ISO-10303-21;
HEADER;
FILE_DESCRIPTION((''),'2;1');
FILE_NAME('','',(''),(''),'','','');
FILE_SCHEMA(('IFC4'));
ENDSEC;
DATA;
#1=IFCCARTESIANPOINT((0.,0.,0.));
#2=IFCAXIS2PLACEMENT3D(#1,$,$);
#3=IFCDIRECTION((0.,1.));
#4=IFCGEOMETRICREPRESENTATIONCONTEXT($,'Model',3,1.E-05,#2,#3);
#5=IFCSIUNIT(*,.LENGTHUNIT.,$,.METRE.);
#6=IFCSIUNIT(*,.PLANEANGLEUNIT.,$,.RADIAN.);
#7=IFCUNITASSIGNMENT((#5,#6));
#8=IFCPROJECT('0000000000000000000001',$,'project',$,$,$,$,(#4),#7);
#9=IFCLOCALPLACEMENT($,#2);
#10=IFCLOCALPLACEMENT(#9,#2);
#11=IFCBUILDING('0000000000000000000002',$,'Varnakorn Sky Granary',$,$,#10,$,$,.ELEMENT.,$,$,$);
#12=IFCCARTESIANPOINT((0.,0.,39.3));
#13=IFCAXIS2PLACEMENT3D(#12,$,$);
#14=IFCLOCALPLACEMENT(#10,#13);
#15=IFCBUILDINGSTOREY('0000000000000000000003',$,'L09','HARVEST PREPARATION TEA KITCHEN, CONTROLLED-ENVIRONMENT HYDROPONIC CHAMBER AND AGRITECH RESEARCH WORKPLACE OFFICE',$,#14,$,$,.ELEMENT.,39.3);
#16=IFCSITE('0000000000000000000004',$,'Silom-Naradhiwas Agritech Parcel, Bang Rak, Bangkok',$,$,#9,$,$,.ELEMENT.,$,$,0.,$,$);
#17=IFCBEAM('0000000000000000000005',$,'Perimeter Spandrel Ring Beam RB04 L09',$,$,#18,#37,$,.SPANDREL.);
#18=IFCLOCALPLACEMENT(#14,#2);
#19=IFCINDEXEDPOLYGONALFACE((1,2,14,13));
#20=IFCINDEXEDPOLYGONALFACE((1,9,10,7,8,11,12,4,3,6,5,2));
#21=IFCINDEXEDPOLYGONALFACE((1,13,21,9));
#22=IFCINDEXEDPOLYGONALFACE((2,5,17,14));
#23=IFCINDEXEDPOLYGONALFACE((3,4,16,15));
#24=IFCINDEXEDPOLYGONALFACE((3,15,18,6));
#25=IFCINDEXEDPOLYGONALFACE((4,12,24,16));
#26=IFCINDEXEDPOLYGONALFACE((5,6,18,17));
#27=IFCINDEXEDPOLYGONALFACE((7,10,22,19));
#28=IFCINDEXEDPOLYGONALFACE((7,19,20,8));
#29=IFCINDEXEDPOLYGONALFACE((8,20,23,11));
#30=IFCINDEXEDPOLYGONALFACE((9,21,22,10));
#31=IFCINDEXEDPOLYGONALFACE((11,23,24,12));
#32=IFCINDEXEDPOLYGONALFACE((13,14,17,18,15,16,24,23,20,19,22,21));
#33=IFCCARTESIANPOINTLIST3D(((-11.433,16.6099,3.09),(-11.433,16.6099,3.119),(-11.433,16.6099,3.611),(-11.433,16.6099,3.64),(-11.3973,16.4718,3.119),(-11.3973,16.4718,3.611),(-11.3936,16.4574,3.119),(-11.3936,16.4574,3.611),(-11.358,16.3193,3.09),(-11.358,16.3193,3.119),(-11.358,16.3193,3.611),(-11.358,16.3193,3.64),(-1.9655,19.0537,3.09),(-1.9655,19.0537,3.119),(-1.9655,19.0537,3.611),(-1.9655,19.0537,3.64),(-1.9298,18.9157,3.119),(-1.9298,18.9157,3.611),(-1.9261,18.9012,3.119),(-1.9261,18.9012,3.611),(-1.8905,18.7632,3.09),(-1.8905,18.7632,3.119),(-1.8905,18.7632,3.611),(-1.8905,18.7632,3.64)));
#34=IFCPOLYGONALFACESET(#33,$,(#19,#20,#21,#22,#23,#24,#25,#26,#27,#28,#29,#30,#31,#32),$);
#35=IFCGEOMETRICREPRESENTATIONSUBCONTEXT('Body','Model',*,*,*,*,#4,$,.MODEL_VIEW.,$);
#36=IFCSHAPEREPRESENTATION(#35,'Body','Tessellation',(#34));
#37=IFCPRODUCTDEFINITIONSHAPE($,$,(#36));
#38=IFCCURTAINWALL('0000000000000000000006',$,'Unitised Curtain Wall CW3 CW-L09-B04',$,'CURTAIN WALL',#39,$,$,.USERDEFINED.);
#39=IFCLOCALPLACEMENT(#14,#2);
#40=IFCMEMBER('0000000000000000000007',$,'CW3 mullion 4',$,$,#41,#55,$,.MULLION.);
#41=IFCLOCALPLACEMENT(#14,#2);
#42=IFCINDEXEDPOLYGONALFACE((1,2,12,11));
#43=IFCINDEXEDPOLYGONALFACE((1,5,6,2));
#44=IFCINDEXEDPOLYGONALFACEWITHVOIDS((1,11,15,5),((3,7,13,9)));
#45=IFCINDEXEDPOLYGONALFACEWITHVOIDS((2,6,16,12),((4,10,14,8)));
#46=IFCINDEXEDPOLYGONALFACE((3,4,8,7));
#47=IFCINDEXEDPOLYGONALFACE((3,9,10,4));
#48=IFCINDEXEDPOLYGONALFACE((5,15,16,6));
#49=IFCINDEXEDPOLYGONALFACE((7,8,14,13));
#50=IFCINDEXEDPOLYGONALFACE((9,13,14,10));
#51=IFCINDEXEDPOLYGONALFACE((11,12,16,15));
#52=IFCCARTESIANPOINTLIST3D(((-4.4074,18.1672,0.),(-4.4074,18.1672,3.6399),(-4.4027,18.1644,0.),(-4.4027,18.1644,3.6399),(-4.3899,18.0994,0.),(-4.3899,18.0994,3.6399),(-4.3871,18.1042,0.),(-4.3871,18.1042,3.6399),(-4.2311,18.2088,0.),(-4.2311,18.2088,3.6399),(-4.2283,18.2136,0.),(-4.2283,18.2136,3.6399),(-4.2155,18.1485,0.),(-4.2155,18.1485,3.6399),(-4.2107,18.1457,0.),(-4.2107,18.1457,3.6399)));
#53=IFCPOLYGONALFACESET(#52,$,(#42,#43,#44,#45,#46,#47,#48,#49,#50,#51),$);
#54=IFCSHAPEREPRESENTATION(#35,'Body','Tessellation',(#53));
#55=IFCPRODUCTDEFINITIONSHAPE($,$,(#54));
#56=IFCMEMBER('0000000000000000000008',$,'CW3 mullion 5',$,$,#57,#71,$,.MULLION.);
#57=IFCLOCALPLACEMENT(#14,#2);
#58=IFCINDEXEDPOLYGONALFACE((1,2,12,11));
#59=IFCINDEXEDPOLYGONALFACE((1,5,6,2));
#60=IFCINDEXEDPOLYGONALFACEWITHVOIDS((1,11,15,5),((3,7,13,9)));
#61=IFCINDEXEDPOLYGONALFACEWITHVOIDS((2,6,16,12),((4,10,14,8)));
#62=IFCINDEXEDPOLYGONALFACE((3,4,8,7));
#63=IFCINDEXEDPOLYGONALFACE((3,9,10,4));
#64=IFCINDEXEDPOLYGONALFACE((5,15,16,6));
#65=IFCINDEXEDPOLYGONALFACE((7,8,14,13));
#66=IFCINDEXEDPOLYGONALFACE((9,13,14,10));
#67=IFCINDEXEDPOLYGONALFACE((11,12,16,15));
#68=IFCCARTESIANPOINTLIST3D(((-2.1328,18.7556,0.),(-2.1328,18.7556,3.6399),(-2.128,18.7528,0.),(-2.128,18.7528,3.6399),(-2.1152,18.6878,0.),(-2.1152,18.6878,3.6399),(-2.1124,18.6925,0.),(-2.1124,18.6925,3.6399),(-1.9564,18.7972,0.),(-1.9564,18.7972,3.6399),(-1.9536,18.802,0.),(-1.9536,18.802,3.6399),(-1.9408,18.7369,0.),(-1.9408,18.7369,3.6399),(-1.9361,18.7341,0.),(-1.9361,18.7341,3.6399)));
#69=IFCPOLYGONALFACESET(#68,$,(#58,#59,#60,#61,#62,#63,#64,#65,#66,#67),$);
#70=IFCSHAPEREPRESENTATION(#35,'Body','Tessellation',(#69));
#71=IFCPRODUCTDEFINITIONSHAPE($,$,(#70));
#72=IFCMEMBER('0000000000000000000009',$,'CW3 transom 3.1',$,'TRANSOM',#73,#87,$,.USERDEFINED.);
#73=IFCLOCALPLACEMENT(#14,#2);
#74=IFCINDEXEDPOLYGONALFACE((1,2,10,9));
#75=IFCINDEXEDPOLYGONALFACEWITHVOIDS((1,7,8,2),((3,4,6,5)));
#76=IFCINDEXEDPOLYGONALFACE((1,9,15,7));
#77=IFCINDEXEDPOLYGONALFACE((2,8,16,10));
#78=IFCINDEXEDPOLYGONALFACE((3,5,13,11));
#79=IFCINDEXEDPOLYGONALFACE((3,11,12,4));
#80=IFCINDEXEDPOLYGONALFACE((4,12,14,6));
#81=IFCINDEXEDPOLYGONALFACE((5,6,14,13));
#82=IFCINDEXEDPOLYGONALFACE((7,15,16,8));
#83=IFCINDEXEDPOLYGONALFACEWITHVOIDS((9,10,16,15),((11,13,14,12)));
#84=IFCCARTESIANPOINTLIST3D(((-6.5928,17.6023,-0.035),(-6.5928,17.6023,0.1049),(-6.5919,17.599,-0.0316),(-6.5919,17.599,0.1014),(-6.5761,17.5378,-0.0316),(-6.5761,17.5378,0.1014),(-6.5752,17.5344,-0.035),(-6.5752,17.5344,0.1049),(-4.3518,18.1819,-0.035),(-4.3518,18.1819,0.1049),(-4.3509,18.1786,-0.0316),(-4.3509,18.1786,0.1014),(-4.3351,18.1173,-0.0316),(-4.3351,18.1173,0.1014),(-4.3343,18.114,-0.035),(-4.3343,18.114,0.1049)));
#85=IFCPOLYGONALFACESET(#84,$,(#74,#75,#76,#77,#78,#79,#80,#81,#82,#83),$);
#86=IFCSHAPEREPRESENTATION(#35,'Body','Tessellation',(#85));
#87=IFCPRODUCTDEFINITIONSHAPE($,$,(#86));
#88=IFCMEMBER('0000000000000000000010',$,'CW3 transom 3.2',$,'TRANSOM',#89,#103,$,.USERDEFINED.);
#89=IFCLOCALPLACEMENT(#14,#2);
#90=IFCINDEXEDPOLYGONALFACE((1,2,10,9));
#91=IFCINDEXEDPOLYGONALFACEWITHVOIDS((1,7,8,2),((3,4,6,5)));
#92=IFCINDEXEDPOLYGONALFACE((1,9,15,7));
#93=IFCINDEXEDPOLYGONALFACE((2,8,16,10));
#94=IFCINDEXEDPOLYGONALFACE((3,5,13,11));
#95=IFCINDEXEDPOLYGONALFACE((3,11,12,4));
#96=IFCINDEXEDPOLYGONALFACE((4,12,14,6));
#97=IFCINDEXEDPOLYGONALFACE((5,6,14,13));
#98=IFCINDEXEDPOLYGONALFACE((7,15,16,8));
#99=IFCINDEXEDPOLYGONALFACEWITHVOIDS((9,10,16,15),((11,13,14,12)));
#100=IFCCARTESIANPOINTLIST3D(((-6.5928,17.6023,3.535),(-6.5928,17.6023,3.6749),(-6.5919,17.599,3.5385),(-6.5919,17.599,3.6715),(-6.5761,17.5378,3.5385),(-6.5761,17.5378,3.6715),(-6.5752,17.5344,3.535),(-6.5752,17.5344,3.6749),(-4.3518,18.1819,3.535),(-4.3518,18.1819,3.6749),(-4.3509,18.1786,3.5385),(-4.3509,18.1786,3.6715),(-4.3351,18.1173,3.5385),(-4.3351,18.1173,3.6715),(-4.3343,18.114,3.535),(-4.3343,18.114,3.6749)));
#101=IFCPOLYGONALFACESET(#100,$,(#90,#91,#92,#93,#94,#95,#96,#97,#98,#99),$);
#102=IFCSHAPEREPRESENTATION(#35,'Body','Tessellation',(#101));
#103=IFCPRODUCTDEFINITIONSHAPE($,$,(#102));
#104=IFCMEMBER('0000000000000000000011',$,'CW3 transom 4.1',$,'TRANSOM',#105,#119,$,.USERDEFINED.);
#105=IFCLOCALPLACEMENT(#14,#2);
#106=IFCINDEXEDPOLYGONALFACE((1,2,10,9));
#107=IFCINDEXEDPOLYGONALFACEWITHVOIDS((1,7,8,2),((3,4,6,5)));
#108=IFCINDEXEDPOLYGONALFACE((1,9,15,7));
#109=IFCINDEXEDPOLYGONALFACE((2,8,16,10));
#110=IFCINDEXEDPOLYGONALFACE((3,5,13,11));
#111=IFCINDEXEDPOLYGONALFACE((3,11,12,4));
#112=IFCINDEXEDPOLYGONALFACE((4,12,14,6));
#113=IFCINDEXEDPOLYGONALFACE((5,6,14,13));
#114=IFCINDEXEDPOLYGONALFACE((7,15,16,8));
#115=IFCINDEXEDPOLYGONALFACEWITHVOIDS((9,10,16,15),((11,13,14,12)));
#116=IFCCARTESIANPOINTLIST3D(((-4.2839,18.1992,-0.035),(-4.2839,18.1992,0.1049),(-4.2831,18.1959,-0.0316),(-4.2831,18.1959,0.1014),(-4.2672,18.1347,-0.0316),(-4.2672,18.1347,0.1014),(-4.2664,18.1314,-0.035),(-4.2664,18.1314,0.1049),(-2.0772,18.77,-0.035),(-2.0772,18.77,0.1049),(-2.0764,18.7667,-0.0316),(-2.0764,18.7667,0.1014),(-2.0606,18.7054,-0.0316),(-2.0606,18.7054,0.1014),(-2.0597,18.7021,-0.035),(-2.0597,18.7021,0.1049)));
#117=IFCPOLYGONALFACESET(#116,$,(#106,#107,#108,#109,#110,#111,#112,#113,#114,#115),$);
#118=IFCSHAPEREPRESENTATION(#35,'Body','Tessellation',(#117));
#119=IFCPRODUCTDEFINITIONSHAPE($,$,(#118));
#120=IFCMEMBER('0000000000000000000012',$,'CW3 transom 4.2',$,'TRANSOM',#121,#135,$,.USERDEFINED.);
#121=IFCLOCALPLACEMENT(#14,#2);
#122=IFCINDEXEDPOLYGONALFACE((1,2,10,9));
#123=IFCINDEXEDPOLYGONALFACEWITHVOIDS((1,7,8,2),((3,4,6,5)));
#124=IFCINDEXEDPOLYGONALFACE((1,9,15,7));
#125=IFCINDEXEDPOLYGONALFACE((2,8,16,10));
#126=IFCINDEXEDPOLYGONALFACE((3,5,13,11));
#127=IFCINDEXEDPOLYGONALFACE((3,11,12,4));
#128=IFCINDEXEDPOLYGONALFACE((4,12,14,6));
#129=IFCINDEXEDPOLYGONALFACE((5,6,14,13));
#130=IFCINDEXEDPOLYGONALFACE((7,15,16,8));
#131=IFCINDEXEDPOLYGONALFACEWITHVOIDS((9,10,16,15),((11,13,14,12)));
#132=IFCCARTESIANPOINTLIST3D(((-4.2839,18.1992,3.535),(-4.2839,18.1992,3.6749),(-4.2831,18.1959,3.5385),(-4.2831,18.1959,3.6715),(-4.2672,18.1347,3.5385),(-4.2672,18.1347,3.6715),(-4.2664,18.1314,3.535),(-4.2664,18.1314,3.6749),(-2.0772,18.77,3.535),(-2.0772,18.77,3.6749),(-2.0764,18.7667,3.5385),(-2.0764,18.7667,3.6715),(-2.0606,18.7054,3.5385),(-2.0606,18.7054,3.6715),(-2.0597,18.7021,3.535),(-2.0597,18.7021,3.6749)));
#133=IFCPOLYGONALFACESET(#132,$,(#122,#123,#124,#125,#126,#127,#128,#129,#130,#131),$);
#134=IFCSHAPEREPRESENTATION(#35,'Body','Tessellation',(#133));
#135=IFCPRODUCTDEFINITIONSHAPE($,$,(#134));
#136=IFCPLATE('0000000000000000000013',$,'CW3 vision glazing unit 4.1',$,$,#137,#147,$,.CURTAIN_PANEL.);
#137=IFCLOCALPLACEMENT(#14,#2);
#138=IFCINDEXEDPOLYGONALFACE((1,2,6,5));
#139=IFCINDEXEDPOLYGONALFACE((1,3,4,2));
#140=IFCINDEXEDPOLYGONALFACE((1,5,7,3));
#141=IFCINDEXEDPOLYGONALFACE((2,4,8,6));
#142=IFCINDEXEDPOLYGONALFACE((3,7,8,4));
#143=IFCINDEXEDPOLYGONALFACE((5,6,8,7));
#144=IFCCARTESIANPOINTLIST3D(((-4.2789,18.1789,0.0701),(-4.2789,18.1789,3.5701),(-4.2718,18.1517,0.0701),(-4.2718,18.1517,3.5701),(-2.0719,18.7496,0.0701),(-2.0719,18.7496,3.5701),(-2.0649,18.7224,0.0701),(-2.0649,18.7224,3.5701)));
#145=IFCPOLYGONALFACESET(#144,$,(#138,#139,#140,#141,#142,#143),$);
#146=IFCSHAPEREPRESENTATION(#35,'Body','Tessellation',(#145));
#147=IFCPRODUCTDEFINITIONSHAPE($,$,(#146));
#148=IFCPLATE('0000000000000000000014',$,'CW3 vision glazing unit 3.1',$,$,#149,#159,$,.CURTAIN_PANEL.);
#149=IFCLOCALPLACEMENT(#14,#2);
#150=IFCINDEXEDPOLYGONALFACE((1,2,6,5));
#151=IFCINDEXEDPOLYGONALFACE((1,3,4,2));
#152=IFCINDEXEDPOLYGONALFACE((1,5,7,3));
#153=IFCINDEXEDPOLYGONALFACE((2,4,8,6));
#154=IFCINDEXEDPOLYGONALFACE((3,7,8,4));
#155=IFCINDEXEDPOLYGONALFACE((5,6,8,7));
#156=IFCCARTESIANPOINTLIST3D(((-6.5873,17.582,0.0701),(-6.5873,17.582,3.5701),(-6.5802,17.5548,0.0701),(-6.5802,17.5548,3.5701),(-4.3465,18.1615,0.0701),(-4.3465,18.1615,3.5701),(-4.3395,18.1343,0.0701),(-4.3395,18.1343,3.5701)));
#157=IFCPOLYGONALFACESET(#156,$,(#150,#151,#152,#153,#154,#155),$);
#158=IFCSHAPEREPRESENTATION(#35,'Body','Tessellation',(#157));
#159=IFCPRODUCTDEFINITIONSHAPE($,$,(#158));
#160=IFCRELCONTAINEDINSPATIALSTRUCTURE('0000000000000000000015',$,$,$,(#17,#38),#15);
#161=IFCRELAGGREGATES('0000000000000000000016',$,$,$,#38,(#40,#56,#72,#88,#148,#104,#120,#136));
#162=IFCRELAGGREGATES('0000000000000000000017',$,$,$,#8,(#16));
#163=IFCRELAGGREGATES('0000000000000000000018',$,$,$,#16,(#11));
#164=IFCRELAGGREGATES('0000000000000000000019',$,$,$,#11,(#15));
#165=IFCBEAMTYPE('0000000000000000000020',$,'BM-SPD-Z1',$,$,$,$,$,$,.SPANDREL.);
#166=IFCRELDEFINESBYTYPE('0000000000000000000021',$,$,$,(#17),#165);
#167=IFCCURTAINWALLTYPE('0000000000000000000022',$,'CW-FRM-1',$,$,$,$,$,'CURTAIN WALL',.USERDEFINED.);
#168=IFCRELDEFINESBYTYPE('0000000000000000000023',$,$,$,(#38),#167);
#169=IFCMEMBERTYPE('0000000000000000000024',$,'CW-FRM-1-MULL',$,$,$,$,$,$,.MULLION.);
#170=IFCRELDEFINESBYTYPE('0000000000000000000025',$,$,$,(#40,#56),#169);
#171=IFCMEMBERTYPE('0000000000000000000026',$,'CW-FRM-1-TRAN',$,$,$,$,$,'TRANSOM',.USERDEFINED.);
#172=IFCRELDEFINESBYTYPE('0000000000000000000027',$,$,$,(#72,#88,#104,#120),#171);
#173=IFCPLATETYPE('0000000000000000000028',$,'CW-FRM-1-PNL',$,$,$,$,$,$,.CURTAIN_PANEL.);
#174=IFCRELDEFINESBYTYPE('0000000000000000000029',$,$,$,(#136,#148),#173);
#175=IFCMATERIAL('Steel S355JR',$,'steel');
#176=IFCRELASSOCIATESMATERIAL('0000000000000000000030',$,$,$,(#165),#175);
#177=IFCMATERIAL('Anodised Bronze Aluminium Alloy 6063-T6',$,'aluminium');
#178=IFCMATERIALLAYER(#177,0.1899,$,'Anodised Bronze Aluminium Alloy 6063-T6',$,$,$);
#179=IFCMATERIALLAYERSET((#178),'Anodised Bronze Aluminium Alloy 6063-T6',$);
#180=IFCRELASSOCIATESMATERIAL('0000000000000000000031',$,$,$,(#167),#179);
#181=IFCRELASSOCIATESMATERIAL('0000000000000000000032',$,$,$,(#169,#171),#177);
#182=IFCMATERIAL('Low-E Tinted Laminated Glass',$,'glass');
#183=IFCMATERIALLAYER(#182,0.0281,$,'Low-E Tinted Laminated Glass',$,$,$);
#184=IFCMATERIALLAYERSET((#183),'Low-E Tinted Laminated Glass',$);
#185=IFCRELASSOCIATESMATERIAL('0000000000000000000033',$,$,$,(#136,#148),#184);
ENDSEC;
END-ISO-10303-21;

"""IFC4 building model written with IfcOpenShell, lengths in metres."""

from ifc_helpers import new_model, si_unit, direction, frame, origin, origin_2d, place, context, subcontext, project, spatial, rectangle, hollow_rectangle, i_section, extrude, source, transform, mapped, material, layer, layer_set, material_profile, profile_set, type_object, type_shapes, element, aggregate, save


model = new_model("IFC4")

# Units and contexts
model_context = context("Model", 3, precision=1e-05, world=origin(), true_north=direction((0.0, 1.0)))
body_context = subcontext(model_context, "Body", "Model", "MODEL_VIEW")
ifc_project = project(units=[si_unit("LENGTHUNIT", "METRE"), si_unit("PLANEANGLEUNIT", "RADIAN")], contexts=[model_context])

# Site, building, storey
site_placement = place(None, origin())
site = spatial("IfcSite", under=ifc_project, at=site_placement, Name="Silom-Naradhiwas Agritech Parcel, Bang Rak, Bangkok", CompositionType="ELEMENT", RefElevation=0.0)
building_placement = place(site_placement, origin())
building = spatial("IfcBuilding", under=site, at=building_placement, Name="Varnakorn Sky Granary", CompositionType="ELEMENT")
storey_placement = place(building_placement, frame((0.0, 0.0, 39.3)))
storey = spatial("IfcBuildingStorey", under=building, at=storey_placement, Name="L09", Description="HARVEST PREPARATION TEA KITCHEN, CONTROLLED-ENVIRONMENT HYDROPONIC CHAMBER AND AGRITECH RESEARCH WORKPLACE OFFICE", CompositionType="ELEMENT", Elevation=39.3)

# Beam
ifc_material_1 = material(Name="Steel S355JR", Category="steel")
ifc_material_profile_1 = material_profile(ifc_material_1, i_section(OverallWidth=0.3, OverallDepth=0.55, WebThickness=0.0149, FlangeThickness=0.0291, at=origin_2d()), Name="HE 550 B")
ifc_profile_set_1 = profile_set([ifc_material_profile_1], Name="Steel S355JR")
beam_type_1 = type_object("IfcBeamType", Name="BM-SPD-Z1", PredefinedType="SPANDREL", material=ifc_profile_set_1)
beam_1_placement = place(storey_placement, frame((-1.928, 18.9084, 3.365), z_axis=(-0.968262, -0.249937, 0.0), x_axis=(0.249937, -0.968262, 0.0)))
element("IfcBeam", 1, at=beam_1_placement, inside=storey, type_object=beam_type_1, Name="Perimeter Spandrel Ring Beam RB04 L09", PredefinedType="SPANDREL", context=body_context, shape_type="SweptSolid", body=[
    extrude(i_section(OverallWidth=0.3, OverallDepth=0.55, WebThickness=0.0149, FlangeThickness=0.0291, at=origin_2d()), origin(), (0.0, 0.0, 1.0), 9.7778),
])

# Curtain wall, members, plates
ifc_material_2 = material(Name="Anodised Bronze Aluminium Alloy 6063-T6", Category="aluminium")
ifc_layer_1 = layer(ifc_material_2, 0.1899, Name="Anodised Bronze Aluminium Alloy 6063-T6")
ifc_layer_set_1 = layer_set([ifc_layer_1], Name="Anodised Bronze Aluminium Alloy 6063-T6")
curtain_wall_type = type_object("IfcCurtainWallType", Name="CW-FRM-1", ElementType="CURTAIN WALL", PredefinedType="USERDEFINED", material=ifc_layer_set_1)
curtain_wall_placement = place(storey_placement, origin())
curtain_wall = element("IfcCurtainWall", 2, at=curtain_wall_placement, inside=storey, type_object=curtain_wall_type, Name="Unitised Curtain Wall CW3 CW-L09-B04", ObjectType="CURTAIN WALL", PredefinedType="USERDEFINED")
ifc_material_profile_2 = material_profile(ifc_material_2, hollow_rectangle(XDim=0.0701, YDim=0.1851, WallThickness=0.0039, at=origin_2d()), Name="ALU MULL 70x185")
ifc_profile_set_2 = profile_set([ifc_material_profile_2], Name="Anodised Bronze Aluminium Alloy 6063-T6")
member_type_1 = type_object("IfcMemberType", Name="CW-FRM-1-MULL", PredefinedType="MULLION", material=ifc_profile_set_2)
member_1_placement = place(storey_placement, frame((-4.3091, 18.1565, 0.0), z_axis=(0.0, 0.0, 1.0), x_axis=(-0.25036, 0.968153, 0.0)))
member_1 = element("IfcMember", 3, at=member_1_placement, type_object=member_type_1, Name="CW3 mullion 4", PredefinedType="MULLION", context=body_context, shape_type="SweptSolid", body=[
    extrude(hollow_rectangle(XDim=0.0701, YDim=0.1851, WallThickness=0.0039, at=origin_2d()), origin(), (0.0, 0.0, 1.0), 3.6399),
])
member_2_placement = place(storey_placement, frame((-2.0344, 18.7449, 0.0), z_axis=(0.0, 0.0, 1.0), x_axis=(-0.25036, 0.968153, 0.0)))
member_2 = element("IfcMember", 4, at=member_2_placement, type_object=member_type_1, Name="CW3 mullion 5", PredefinedType="MULLION", context=body_context, shape_type="SweptSolid", body=[
    extrude(hollow_rectangle(XDim=0.0701, YDim=0.1851, WallThickness=0.0039, at=origin_2d()), origin(), (0.0, 0.0, 1.0), 3.6399),
])
ifc_material_profile_3 = material_profile(ifc_material_2, hollow_rectangle(XDim=0.0701, YDim=0.1399, WallThickness=0.0034, at=origin_2d()), Name="ALU TRAN 70x140")
ifc_profile_set_3 = profile_set([ifc_material_profile_3], Name="Anodised Bronze Aluminium Alloy 6063-T6")
member_type_2 = type_object("IfcMemberType", Name="CW-FRM-1-TRAN", ElementType="TRANSOM", PredefinedType="USERDEFINED", material=ifc_profile_set_3)
member_3_placement = place(storey_placement, frame((-6.584, 17.5684, 0.0349), z_axis=(0.968144, 0.250395, 0.0), x_axis=(-0.250395, 0.968144, 0.0)))
member_3 = element("IfcMember", 5, at=member_3_placement, type_object=member_type_2, Name="CW3 transom 3.1", ObjectType="TRANSOM", PredefinedType="USERDEFINED", context=body_context, shape_type="SweptSolid", body=[
    extrude(hollow_rectangle(XDim=0.0701, YDim=0.1399, WallThickness=0.0034, at=origin_2d()), origin(), (0.0, 0.0, 1.0), 2.3147),
])
member_4_placement = place(storey_placement, frame((-6.584, 17.5684, 3.605), z_axis=(0.968144, 0.250395, 0.0), x_axis=(-0.250395, 0.968144, 0.0)))
member_4 = element("IfcMember", 6, at=member_4_placement, type_object=member_type_2, Name="CW3 transom 3.2", ObjectType="TRANSOM", PredefinedType="USERDEFINED", context=body_context, shape_type="SweptSolid", body=[
    extrude(hollow_rectangle(XDim=0.0701, YDim=0.1399, WallThickness=0.0034, at=origin_2d()), origin(), (0.0, 0.0, 1.0), 2.3147),
])
member_5_placement = place(storey_placement, frame((-4.2751, 18.1653, 0.0349), z_axis=(0.968138, 0.250416, 0.0), x_axis=(-0.250416, 0.968138, 0.0)))
member_5 = element("IfcMember", 7, at=member_5_placement, type_object=member_type_2, Name="CW3 transom 4.1", ObjectType="TRANSOM", PredefinedType="USERDEFINED", context=body_context, shape_type="SweptSolid", body=[
    extrude(hollow_rectangle(XDim=0.0701, YDim=0.1399, WallThickness=0.0034, at=origin_2d()), origin(), (0.0, 0.0, 1.0), 2.2793),
])
member_6_placement = place(storey_placement, frame((-4.2751, 18.1653, 3.605), z_axis=(0.968138, 0.250416, 0.0), x_axis=(-0.250416, 0.968138, 0.0)))
member_6 = element("IfcMember", 8, at=member_6_placement, type_object=member_type_2, Name="CW3 transom 4.2", ObjectType="TRANSOM", PredefinedType="USERDEFINED", context=body_context, shape_type="SweptSolid", body=[
    extrude(hollow_rectangle(XDim=0.0701, YDim=0.1399, WallThickness=0.0034, at=origin_2d()), origin(), (0.0, 0.0, 1.0), 2.2793),
])
ifc_material_3 = material(Name="Low-E Tinted Laminated Glass", Category="glass")
ifc_layer_2 = layer(ifc_material_3, 0.0281, Name="Low-E Tinted Laminated Glass")
ifc_layer_set_2 = layer_set([ifc_layer_2], Name="Low-E Tinted Laminated Glass")
plate_type = type_object("IfcPlateType", Name="CW-FRM-1-PNL", PredefinedType="CURTAIN_PANEL")
shared_shape_1 = source(origin(), body_context, "Body", "SweptSolid", [
    extrude(rectangle(XDim=2.2795, YDim=0.0281, at=origin_2d()), origin(), (0.0, 0.0, 1.0), 3.5),
])
plate_1_placement = place(storey_placement, frame((-3.1719, 18.4507, 0.0701), z_axis=(0.0, 0.0, 1.0), x_axis=(0.968153, 0.25036, 0.0)))
plate_1 = element("IfcPlate", 9, at=plate_1_placement, type_object=plate_type, material=ifc_layer_set_2, Name="CW3 vision glazing unit 4.1", PredefinedType="CURTAIN_PANEL", context=body_context, shape_type="MappedRepresentation", body=[
    mapped(shared_shape_1, transform((0.0, 0.0, 0.0), x_axis=(1.0, 0.0, 0.0), y_axis=(0.0, 1.0, 0.0), z_axis=(0.0, 0.0, 1.0), scale=1.0)),
])
shared_shape_2 = source(origin(), body_context, "Body", "SweptSolid", [
    extrude(rectangle(XDim=2.3145, YDim=0.0281, at=origin_2d()), origin(), (0.0, 0.0, 1.0), 3.5),
])
type_shapes(plate_type, [shared_shape_1, shared_shape_2])
plate_2_placement = place(storey_placement, frame((-5.4634, 17.8582, 0.0701), z_axis=(0.0, 0.0, 1.0), x_axis=(0.968153, 0.25036, 0.0)))
plate_2 = element("IfcPlate", 10, at=plate_2_placement, type_object=plate_type, material=ifc_layer_set_2, Name="CW3 vision glazing unit 3.1", PredefinedType="CURTAIN_PANEL", context=body_context, shape_type="MappedRepresentation", body=[
    mapped(shared_shape_2, transform((0.0, 0.0, 0.0), x_axis=(1.0, 0.0, 0.0), y_axis=(0.0, 1.0, 0.0), z_axis=(0.0, 0.0, 1.0), scale=1.0)),
])
aggregate(curtain_wall, [member_1, member_2, member_3, member_4, plate_2, member_5, member_6, plate_1])

save(model, "model.ifc")
